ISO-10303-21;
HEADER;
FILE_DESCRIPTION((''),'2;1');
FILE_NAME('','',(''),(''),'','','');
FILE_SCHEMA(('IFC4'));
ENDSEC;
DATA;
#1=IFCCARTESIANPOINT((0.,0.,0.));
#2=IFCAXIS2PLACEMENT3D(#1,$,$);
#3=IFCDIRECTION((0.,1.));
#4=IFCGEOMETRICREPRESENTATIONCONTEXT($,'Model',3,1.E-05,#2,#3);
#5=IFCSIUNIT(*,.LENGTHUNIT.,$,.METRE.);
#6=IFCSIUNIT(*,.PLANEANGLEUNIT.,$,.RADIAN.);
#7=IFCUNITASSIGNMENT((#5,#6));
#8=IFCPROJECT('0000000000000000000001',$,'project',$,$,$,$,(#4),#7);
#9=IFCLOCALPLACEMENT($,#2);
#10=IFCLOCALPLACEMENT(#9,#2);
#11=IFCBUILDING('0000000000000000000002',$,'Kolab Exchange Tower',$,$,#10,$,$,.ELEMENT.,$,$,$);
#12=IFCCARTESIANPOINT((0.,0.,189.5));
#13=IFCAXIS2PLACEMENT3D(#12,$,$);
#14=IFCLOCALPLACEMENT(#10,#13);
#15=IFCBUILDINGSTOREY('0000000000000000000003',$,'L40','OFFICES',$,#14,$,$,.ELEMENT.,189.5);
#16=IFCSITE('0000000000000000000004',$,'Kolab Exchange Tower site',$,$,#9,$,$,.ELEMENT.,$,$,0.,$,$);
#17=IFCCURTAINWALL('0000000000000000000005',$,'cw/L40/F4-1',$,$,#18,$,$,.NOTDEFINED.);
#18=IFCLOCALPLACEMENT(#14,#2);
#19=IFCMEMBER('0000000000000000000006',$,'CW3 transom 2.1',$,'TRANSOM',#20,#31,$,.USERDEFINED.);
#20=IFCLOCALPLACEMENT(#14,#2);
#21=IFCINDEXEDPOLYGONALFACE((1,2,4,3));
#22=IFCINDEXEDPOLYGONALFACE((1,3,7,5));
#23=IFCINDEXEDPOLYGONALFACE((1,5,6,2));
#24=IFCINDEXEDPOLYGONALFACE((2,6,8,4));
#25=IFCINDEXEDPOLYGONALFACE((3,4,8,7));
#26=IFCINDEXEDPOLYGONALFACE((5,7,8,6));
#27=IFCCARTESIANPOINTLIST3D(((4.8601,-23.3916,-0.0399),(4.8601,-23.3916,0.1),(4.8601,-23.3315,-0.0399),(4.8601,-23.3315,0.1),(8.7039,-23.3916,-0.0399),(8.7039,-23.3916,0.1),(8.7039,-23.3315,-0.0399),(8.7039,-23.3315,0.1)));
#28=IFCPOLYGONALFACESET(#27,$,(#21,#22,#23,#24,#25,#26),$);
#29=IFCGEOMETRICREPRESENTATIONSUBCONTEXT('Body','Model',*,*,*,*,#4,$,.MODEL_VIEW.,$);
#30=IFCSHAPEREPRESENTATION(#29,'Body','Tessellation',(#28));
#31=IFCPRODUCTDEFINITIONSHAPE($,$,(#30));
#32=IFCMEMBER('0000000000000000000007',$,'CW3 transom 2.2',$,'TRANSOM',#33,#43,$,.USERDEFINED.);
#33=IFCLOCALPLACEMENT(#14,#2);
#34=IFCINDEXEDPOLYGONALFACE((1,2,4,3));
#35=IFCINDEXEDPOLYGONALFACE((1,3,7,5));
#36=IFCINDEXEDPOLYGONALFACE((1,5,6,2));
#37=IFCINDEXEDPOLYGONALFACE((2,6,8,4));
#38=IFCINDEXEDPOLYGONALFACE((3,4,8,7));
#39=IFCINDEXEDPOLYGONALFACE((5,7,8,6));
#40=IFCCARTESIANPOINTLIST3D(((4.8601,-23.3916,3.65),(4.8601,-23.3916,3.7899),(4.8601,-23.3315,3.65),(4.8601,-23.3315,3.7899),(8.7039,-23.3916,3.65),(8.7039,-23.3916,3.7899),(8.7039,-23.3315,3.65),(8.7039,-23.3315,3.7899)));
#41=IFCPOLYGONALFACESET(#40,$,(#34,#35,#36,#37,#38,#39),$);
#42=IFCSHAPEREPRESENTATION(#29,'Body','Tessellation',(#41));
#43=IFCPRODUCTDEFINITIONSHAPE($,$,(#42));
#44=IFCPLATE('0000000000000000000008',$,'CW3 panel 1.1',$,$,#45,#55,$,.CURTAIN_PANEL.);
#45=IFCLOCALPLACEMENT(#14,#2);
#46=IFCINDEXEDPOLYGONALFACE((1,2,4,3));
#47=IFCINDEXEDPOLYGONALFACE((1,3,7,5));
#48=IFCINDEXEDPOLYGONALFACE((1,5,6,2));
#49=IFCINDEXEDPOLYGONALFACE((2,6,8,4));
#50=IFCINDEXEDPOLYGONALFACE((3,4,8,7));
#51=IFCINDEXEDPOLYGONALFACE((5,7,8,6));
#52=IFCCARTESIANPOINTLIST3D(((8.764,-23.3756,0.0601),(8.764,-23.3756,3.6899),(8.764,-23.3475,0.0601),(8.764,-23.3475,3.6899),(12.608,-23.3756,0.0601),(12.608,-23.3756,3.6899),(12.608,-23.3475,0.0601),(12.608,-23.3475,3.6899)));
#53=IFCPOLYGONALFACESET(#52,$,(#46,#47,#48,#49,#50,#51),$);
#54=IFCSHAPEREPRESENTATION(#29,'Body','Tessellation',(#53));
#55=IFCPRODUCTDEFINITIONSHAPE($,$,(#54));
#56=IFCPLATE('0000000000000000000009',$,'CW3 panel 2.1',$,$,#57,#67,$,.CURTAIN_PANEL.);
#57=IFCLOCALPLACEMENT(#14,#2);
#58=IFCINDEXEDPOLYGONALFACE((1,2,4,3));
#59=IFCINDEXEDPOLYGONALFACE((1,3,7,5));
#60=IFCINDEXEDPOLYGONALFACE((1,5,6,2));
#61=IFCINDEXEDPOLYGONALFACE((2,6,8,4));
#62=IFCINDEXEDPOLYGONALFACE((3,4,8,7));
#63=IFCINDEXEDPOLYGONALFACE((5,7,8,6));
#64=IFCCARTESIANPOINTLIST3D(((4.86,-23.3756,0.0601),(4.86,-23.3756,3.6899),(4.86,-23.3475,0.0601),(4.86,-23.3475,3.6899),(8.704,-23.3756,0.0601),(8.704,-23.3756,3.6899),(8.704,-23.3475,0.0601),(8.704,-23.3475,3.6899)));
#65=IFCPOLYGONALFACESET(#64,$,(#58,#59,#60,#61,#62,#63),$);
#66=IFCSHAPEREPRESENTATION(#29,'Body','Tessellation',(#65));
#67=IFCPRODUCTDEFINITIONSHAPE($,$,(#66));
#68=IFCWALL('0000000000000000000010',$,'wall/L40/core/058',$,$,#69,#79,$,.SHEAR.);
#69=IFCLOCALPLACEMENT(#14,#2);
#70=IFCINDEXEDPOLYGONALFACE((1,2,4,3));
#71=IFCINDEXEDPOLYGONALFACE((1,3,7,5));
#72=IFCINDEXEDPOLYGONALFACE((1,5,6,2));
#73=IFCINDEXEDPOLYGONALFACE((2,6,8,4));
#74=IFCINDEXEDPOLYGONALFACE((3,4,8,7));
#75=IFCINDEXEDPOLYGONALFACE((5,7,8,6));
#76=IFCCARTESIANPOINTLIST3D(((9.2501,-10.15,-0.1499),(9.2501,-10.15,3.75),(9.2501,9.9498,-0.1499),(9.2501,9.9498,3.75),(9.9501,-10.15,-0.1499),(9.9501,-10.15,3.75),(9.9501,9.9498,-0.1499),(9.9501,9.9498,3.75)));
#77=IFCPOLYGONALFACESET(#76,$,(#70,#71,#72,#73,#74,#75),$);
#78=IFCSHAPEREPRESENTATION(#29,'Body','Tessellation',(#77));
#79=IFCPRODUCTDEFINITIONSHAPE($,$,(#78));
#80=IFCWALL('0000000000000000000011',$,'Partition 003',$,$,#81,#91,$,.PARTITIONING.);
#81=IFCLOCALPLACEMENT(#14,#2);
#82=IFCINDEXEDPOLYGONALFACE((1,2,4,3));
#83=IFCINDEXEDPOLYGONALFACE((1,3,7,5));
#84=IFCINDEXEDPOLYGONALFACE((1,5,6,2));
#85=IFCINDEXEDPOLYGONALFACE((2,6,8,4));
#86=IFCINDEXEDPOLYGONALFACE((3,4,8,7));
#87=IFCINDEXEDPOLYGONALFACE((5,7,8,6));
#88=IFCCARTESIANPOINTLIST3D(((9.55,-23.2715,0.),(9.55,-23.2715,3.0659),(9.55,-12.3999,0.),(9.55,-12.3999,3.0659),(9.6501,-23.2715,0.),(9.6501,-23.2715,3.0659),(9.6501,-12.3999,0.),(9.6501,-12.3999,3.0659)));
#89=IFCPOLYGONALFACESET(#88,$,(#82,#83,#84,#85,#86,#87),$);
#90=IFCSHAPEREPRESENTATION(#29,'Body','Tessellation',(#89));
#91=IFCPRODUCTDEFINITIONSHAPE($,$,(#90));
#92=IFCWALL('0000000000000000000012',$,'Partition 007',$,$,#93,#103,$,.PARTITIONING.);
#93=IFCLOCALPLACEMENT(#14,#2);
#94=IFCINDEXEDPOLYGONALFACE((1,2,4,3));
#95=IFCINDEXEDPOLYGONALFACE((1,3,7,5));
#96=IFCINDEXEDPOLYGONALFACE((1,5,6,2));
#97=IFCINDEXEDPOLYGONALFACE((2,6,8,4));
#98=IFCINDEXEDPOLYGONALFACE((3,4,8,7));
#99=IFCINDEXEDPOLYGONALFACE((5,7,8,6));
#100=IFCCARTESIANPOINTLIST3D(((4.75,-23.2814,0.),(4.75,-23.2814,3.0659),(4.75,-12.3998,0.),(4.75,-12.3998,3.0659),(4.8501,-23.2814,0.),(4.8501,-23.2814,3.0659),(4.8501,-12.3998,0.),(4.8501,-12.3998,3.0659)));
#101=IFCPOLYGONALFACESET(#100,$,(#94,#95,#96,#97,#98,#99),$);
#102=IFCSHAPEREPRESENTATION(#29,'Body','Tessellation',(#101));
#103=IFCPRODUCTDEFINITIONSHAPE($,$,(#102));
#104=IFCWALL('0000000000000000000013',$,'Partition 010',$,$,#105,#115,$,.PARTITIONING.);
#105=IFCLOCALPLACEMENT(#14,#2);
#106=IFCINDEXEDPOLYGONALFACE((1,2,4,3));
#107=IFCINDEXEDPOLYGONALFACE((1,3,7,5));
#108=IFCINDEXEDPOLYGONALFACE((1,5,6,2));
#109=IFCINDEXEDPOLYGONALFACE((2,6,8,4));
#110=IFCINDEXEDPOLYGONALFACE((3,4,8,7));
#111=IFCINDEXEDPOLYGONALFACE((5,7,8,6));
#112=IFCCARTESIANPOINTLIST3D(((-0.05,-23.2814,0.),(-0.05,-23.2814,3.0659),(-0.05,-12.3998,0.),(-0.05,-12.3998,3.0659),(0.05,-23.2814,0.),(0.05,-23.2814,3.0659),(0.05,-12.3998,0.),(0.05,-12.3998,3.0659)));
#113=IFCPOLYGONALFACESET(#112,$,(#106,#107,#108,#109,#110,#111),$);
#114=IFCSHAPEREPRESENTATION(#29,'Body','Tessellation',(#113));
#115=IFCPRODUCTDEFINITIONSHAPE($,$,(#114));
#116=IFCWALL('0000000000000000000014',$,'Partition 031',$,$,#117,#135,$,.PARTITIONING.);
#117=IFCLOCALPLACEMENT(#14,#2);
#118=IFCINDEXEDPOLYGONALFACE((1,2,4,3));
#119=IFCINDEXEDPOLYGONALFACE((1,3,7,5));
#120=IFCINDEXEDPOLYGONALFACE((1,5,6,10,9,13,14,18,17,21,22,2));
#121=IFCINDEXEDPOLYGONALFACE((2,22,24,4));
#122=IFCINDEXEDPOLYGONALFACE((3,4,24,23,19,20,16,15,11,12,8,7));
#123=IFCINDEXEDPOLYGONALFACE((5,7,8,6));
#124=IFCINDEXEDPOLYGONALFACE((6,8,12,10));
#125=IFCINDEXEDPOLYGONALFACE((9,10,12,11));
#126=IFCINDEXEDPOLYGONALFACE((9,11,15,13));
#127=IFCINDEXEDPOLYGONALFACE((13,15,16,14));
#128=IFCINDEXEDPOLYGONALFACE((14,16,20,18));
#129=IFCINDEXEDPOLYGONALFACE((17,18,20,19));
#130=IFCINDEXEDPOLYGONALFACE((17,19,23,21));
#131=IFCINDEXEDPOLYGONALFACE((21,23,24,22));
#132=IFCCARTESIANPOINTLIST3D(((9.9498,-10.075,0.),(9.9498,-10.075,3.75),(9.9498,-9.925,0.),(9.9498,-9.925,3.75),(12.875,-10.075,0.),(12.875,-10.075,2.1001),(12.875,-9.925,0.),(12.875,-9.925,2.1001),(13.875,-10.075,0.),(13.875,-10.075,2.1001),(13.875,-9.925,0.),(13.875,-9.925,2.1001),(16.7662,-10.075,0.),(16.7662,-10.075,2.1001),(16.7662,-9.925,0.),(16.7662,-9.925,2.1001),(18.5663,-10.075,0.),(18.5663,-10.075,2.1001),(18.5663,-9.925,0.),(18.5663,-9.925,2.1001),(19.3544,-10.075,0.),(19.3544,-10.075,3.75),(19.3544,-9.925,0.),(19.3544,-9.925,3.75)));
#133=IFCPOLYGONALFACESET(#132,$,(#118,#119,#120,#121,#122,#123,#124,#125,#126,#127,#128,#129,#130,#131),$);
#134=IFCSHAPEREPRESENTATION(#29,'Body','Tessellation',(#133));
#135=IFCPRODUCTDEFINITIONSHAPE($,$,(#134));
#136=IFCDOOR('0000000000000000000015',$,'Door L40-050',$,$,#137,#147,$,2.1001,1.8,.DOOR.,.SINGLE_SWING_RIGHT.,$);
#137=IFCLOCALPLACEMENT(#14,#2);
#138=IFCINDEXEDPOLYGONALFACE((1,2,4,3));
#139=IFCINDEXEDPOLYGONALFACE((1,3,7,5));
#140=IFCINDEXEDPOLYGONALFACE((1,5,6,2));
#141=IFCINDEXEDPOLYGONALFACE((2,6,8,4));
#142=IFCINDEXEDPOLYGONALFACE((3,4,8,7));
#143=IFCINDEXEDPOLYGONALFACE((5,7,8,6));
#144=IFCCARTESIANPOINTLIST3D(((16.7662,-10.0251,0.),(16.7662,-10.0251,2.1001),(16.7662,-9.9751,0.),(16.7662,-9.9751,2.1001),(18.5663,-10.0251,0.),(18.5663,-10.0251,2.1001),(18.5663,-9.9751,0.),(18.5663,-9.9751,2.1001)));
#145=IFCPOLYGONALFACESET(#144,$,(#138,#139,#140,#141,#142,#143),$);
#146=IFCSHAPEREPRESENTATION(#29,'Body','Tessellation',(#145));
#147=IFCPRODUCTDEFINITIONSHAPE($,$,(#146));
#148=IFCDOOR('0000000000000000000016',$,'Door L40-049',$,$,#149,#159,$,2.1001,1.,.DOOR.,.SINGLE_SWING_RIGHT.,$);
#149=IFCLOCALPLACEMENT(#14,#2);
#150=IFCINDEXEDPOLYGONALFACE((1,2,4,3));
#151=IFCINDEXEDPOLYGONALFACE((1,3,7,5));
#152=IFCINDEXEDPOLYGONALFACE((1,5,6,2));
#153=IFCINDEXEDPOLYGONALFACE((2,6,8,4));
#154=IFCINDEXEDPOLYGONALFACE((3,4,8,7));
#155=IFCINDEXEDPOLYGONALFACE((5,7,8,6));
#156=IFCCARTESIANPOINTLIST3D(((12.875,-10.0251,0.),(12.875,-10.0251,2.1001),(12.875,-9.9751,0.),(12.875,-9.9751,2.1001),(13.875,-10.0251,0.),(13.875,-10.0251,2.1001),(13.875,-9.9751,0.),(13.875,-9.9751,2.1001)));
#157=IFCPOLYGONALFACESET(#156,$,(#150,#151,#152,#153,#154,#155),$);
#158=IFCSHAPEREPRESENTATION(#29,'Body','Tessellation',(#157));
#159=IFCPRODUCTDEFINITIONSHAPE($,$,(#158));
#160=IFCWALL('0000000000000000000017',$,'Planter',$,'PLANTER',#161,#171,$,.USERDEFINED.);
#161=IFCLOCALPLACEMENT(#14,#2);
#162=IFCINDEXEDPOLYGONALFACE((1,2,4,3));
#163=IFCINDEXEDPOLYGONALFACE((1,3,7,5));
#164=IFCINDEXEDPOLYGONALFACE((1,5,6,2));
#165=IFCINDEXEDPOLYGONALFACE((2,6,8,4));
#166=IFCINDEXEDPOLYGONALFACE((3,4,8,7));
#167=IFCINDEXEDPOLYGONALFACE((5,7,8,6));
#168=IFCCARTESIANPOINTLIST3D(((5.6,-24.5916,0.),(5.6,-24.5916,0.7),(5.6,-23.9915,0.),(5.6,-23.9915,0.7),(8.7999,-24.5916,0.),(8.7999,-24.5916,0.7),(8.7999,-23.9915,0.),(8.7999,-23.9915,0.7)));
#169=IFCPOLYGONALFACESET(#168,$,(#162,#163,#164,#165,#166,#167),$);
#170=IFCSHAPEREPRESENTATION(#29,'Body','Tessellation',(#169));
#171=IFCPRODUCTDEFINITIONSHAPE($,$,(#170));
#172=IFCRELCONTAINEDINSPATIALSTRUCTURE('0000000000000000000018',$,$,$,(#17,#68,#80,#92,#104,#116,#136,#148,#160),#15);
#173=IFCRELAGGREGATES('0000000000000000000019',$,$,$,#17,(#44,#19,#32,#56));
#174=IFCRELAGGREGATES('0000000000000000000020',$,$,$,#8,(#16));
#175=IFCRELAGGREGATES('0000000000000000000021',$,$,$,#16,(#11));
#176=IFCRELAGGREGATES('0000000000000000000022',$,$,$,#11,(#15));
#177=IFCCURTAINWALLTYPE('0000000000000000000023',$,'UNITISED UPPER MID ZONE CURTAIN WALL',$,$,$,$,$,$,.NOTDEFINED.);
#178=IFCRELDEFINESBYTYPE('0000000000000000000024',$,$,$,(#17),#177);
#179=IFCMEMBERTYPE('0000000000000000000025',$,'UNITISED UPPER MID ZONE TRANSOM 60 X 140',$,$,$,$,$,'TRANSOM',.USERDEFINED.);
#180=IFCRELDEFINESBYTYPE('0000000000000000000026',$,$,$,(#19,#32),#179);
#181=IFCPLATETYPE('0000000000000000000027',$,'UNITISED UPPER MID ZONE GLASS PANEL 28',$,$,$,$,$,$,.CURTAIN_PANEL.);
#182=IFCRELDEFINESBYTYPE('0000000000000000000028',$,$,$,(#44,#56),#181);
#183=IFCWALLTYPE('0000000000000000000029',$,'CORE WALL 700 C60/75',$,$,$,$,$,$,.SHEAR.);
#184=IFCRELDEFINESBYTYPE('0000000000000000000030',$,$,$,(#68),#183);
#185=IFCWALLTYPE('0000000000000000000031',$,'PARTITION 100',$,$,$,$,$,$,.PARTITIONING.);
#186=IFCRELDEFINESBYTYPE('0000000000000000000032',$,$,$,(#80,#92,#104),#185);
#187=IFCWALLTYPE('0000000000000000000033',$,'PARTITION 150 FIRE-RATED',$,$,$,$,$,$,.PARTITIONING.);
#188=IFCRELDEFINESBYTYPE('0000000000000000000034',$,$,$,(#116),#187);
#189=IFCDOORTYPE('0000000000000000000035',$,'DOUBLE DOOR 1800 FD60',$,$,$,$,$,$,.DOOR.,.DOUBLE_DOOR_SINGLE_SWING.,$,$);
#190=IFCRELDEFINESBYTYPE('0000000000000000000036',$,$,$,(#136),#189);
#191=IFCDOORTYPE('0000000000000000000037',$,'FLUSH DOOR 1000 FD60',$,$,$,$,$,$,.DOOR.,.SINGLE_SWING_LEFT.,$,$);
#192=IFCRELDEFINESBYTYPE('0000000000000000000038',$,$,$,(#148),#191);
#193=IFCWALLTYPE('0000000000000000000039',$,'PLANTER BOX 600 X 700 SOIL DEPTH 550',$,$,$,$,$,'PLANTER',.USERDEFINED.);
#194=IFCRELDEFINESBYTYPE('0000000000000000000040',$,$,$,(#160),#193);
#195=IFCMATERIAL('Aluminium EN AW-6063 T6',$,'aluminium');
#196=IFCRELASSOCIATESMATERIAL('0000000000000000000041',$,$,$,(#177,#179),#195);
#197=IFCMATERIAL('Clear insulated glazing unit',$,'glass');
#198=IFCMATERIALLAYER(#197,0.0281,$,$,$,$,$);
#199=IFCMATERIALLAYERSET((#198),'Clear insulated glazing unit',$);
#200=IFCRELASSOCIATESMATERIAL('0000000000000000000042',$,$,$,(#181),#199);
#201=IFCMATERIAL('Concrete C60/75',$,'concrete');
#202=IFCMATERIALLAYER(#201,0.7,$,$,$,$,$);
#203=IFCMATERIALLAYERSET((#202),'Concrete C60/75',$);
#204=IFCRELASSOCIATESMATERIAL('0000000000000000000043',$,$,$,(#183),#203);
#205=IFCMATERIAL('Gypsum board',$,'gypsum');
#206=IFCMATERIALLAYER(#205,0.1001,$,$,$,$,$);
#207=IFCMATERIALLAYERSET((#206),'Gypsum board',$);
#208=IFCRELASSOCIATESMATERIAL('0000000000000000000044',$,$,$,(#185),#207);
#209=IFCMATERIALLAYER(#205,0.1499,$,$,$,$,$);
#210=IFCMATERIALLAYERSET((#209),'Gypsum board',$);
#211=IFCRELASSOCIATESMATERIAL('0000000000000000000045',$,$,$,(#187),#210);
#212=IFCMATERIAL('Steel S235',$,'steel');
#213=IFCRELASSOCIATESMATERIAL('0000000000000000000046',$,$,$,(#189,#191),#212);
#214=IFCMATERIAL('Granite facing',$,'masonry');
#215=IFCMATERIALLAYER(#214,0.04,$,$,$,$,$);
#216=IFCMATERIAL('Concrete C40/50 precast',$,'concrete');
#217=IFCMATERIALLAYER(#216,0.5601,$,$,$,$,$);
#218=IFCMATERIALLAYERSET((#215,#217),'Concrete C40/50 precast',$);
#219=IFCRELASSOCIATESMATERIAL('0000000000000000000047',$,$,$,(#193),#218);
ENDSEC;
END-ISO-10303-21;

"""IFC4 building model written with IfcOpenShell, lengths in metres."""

from ifc_helpers import new_model, si_unit, direction, frame, frame_2d, origin, origin_2d, place, context, subcontext, project, spatial, rectangle, extrude, material, layer, layer_set, material_profile, profile_set, type_object, element, fill, aggregate, save


model = new_model("IFC4")

# Units and contexts
model_context = context("Model", 3, precision=1e-05, world=origin(), true_north=direction((0.0, 1.0)))
body_context = subcontext(model_context, "Body", "Model", "MODEL_VIEW")
ifc_project = project(units=[si_unit("LENGTHUNIT", "METRE"), si_unit("PLANEANGLEUNIT", "RADIAN")], contexts=[model_context])

# Site, building, storey
site_placement = place(None, origin())
site = spatial("IfcSite", under=ifc_project, at=site_placement, Name="Kolab Exchange Tower site", CompositionType="ELEMENT", RefElevation=0.0)
building_placement = place(site_placement, origin())
building = spatial("IfcBuilding", under=site, at=building_placement, Name="Kolab Exchange Tower", CompositionType="ELEMENT")
storey_placement = place(building_placement, frame((0.0, 0.0, 189.5)))
storey = spatial("IfcBuildingStorey", under=building, at=storey_placement, Name="L40", Description="OFFICES", CompositionType="ELEMENT", Elevation=189.5)

# Shared definitions
ifc_material_1 = material(Name="Concrete C60/75", Category="concrete")

# Curtain wall, members, plates
ifc_material_2 = material(Name="Aluminium EN AW-6063 T6", Category="aluminium")
curtain_wall_type = type_object("IfcCurtainWallType", Name="UNITISED UPPER MID ZONE CURTAIN WALL", PredefinedType="NOTDEFINED", material=ifc_material_2)
curtain_wall_placement = place(storey_placement, origin())
curtain_wall = element("IfcCurtainWall", 1, at=curtain_wall_placement, inside=storey, type_object=curtain_wall_type, Name="cw/L40/F4-1", PredefinedType="NOTDEFINED")
ifc_material_profile_1 = material_profile(ifc_material_2, rectangle(XDim=0.0601, YDim=0.1399, at=origin_2d()), Name="RECT 60X140")
ifc_profile_set_1 = profile_set([ifc_material_profile_1], Name="Aluminium EN AW-6063 T6")
member_type_1 = type_object("IfcMemberType", Name="UNITISED UPPER MID ZONE TRANSOM 60 X 140", ElementType="TRANSOM", PredefinedType="USERDEFINED", material=ifc_profile_set_1)
member_1_placement = place(storey_placement, frame((8.7039, -23.3616, 0.03), z_axis=(-1.0, 0.0, 0.0), x_axis=(0.0, -1.0, 0.0)))
member_1 = element("IfcMember", 2, at=member_1_placement, type_object=member_type_1, Name="CW3 transom 2.1", ObjectType="TRANSOM", PredefinedType="USERDEFINED", context=body_context, shape_type="SweptSolid", body=[
    extrude(rectangle(XDim=0.0601, YDim=0.1399, at=origin_2d()), origin(), (0.0, 0.0, 1.0), 3.8438),
])
member_2_placement = place(storey_placement, frame((8.7039, -23.3616, 3.72), z_axis=(-1.0, 0.0, 0.0), x_axis=(0.0, -1.0, 0.0)))
member_2 = element("IfcMember", 3, at=member_2_placement, type_object=member_type_1, Name="CW3 transom 2.2", ObjectType="TRANSOM", PredefinedType="USERDEFINED", context=body_context, shape_type="SweptSolid", body=[
    extrude(rectangle(XDim=0.0601, YDim=0.1399, at=origin_2d()), origin(), (0.0, 0.0, 1.0), 3.8438),
])
ifc_material_3 = material(Name="Clear insulated glazing unit", Category="glass")
ifc_layer_1 = layer(ifc_material_3, 0.0281)
ifc_layer_set_1 = layer_set([ifc_layer_1], Name="Clear insulated glazing unit")
plate_type = type_object("IfcPlateType", Name="UNITISED UPPER MID ZONE GLASS PANEL 28", PredefinedType="CURTAIN_PANEL", material=ifc_layer_set_1)
plate_1_placement = place(storey_placement, frame((10.686, -23.3616, 0.0601), z_axis=(0.0, 0.0, 1.0), x_axis=(-1.0, 0.0, 0.0)))
plate_1 = element("IfcPlate", 4, at=plate_1_placement, type_object=plate_type, Name="CW3 panel 1.1", PredefinedType="CURTAIN_PANEL", context=body_context, shape_type="SweptSolid", body=[
    extrude(rectangle(XDim=3.844, YDim=0.0281, at=origin_2d()), origin(), (0.0, 0.0, 1.0), 3.6299),
])
plate_2_placement = place(storey_placement, frame((6.782, -23.3616, 0.0601), z_axis=(0.0, 0.0, 1.0), x_axis=(-1.0, 0.0, 0.0)))
plate_2 = element("IfcPlate", 5, at=plate_2_placement, type_object=plate_type, Name="CW3 panel 2.1", PredefinedType="CURTAIN_PANEL", context=body_context, shape_type="SweptSolid", body=[
    extrude(rectangle(XDim=3.844, YDim=0.0281, at=origin_2d()), origin(), (0.0, 0.0, 1.0), 3.6299),
])
aggregate(curtain_wall, [plate_1, member_1, member_2, plate_2])

# Wall
ifc_layer_2 = layer(ifc_material_1, 0.7)
ifc_layer_set_2 = layer_set([ifc_layer_2], Name="Concrete C60/75")
wall_type_1 = type_object("IfcWallType", Name="CORE WALL 700 C60/75", PredefinedType="SHEAR", material=ifc_layer_set_2)
wall_1_placement = place(storey_placement, frame((9.6001, -10.1499, -0.1499), z_axis=(0.0, 0.0, 1.0), x_axis=(0.0, 1.0, 0.0)))
element("IfcWall", 6, at=wall_1_placement, inside=storey, type_object=wall_type_1, Name="wall/L40/core/058", PredefinedType="SHEAR", context=body_context, shape_type="SweptSolid", body=[
    extrude(rectangle(XDim=20.0999, YDim=0.7, at=frame_2d((10.0498, 0.0))), origin(), (0.0, 0.0, 1.0), 3.8999),
])

# Walls
ifc_material_4 = material(Name="Gypsum board", Category="gypsum")
ifc_layer_3 = layer(ifc_material_4, 0.1001)
ifc_layer_set_3 = layer_set([ifc_layer_3], Name="Gypsum board")
wall_type_2 = type_object("IfcWallType", Name="PARTITION 100", PredefinedType="PARTITIONING", material=ifc_layer_set_3)
wall_2_placement = place(storey_placement, frame((9.6001, -23.2715, 0.0), z_axis=(0.0, 0.0, 1.0), x_axis=(0.0, 1.0, 0.0)))
element("IfcWall", 7, at=wall_2_placement, inside=storey, type_object=wall_type_2, Name="Partition 003", PredefinedType="PARTITIONING", context=body_context, shape_type="SweptSolid", body=[
    extrude(rectangle(XDim=10.8716, YDim=0.1001, at=frame_2d((5.4358, 0.0))), origin(), (0.0, 0.0, 1.0), 3.0659),
])
for number, where, z_axis, x_axis, name in (
    (8, (4.8, -23.2815, 0.0), (0.0, 0.0, 1.0), (0.0, 1.0, 0.0), "Partition 007"),
    (9, (0.0, -23.2815, 0.0), (0.0, 0.0, 1.0), (0.0, 1.0, 0.0), "Partition 010"),
):
    element("IfcWall", number, at=place(storey_placement, frame(where, z_axis=z_axis, x_axis=x_axis)), inside=storey, type_object=wall_type_2, Name=name, PredefinedType="PARTITIONING", context=body_context, shape_type="SweptSolid", body=[
        extrude(rectangle(XDim=10.8816, YDim=0.1001, at=frame_2d((5.4409, 0.0))), origin(), (0.0, 0.0, 1.0), 3.0659),
    ])

# Wall, openings, doors
ifc_layer_4 = layer(ifc_material_4, 0.1499)
ifc_layer_set_4 = layer_set([ifc_layer_4], Name="Gypsum board")
wall_type_3 = type_object("IfcWallType", Name="PARTITION 150 FIRE-RATED", PredefinedType="PARTITIONING", material=ifc_layer_set_4)
wall_3_placement = place(storey_placement, frame((9.95, -10.0, 0.0), z_axis=(0.0, 0.0, 1.0), x_axis=(1.0, 0.0, 0.0)))
wall_3 = element("IfcWall", 10, at=wall_3_placement, inside=storey, type_object=wall_type_3, Name="Partition 031", PredefinedType="PARTITIONING", context=body_context, shape_type="SweptSolid", body=[
    extrude(rectangle(XDim=9.4045, YDim=0.1499, at=frame_2d((4.7021, 0.0))), origin(), (0.0, 0.0, 1.0), 3.75),
])
opening_1_placement = place(wall_3_placement, frame((2.925, 0.0, 0.0)))
opening_1 = element("IfcOpeningElement", 11, at=opening_1_placement, cuts=wall_3, PredefinedType="OPENING", context=body_context, shape_type="SweptSolid", body=[
    extrude(rectangle(XDim=1.0, YDim=2.1001, at=frame_2d((0.5, 1.05))), frame((0.0, 0.085, 0.0), z_axis=(0.0, -1.0, 0.0), x_axis=(1.0, 0.0, 0.0)), (0.0, 0.0, 1.0), 0.1699),
])
opening_2_placement = place(wall_3_placement, frame((6.8164, 0.0, 0.0)))
opening_2 = element("IfcOpeningElement", 12, at=opening_2_placement, cuts=wall_3, PredefinedType="OPENING", context=body_context, shape_type="SweptSolid", body=[
    extrude(rectangle(XDim=1.8, YDim=2.1001, at=frame_2d((0.8999, 1.05))), frame((0.0, 0.085, 0.0), z_axis=(0.0, -1.0, 0.0), x_axis=(1.0, 0.0, 0.0)), (0.0, 0.0, 1.0), 0.1699),
])
ifc_material_5 = material(Name="Steel S235", Category="steel")
door_type_1 = type_object("IfcDoorType", Name="DOUBLE DOOR 1800 FD60", OperationType="DOUBLE_DOOR_SINGLE_SWING", PredefinedType="DOOR", material=ifc_material_5)
door_1_placement = place(opening_2_placement, origin())
door_1 = element("IfcDoor", 13, at=door_1_placement, inside=storey, type_object=door_type_1, Name="Door L40-050", OperationType="SINGLE_SWING_RIGHT", OverallHeight=2.1001, OverallWidth=1.8, PredefinedType="DOOR", context=body_context, shape_type="SweptSolid", body=[
    extrude(rectangle(XDim=1.8, YDim=2.1001, at=frame_2d((0.8999, 1.05))), frame((0.0, 0.0249, 0.0), z_axis=(0.0, -1.0, 0.0), x_axis=(1.0, 0.0, 0.0)), (0.0, 0.0, 1.0), 0.05),
])
fill(opening_2, door_1)
door_type_2 = type_object("IfcDoorType", Name="FLUSH DOOR 1000 FD60", OperationType="SINGLE_SWING_LEFT", PredefinedType="DOOR", material=ifc_material_5)
door_2_placement = place(opening_1_placement, origin())
door_2 = element("IfcDoor", 14, at=door_2_placement, inside=storey, type_object=door_type_2, Name="Door L40-049", OperationType="SINGLE_SWING_RIGHT", OverallHeight=2.1001, OverallWidth=1.0, PredefinedType="DOOR", context=body_context, shape_type="SweptSolid", body=[
    extrude(rectangle(XDim=1.0, YDim=2.1001, at=frame_2d((0.5, 1.05))), frame((0.0, 0.0249, 0.0), z_axis=(0.0, -1.0, 0.0), x_axis=(1.0, 0.0, 0.0)), (0.0, 0.0, 1.0), 0.05),
])
fill(opening_1, door_2)

# Wall
ifc_material_6 = material(Name="Granite facing", Category="masonry")
ifc_layer_5 = layer(ifc_material_6, 0.04)
ifc_material_7 = material(Name="Concrete C40/50 precast", Category="concrete")
ifc_layer_6 = layer(ifc_material_7, 0.5601)
ifc_layer_set_5 = layer_set([ifc_layer_5, ifc_layer_6], Name="Concrete C40/50 precast")
wall_type_4 = type_object("IfcWallType", Name="PLANTER BOX 600 X 700 SOIL DEPTH 550", ElementType="PLANTER", PredefinedType="USERDEFINED", material=ifc_layer_set_5)
wall_4_placement = place(storey_placement, frame((8.8, -24.2915, 0.0), z_axis=(0.0, 0.0, 1.0), x_axis=(-1.0, 0.0, 0.0)))
element("IfcWall", 15, at=wall_4_placement, inside=storey, type_object=wall_type_4, Name="Planter", ObjectType="PLANTER", PredefinedType="USERDEFINED", context=body_context, shape_type="SweptSolid", body=[
    extrude(rectangle(XDim=3.2, YDim=0.6001, at=frame_2d((1.6001, 0.0))), origin(), (0.0, 0.0, 1.0), 0.7),
])

save(model, "model.ifc")
